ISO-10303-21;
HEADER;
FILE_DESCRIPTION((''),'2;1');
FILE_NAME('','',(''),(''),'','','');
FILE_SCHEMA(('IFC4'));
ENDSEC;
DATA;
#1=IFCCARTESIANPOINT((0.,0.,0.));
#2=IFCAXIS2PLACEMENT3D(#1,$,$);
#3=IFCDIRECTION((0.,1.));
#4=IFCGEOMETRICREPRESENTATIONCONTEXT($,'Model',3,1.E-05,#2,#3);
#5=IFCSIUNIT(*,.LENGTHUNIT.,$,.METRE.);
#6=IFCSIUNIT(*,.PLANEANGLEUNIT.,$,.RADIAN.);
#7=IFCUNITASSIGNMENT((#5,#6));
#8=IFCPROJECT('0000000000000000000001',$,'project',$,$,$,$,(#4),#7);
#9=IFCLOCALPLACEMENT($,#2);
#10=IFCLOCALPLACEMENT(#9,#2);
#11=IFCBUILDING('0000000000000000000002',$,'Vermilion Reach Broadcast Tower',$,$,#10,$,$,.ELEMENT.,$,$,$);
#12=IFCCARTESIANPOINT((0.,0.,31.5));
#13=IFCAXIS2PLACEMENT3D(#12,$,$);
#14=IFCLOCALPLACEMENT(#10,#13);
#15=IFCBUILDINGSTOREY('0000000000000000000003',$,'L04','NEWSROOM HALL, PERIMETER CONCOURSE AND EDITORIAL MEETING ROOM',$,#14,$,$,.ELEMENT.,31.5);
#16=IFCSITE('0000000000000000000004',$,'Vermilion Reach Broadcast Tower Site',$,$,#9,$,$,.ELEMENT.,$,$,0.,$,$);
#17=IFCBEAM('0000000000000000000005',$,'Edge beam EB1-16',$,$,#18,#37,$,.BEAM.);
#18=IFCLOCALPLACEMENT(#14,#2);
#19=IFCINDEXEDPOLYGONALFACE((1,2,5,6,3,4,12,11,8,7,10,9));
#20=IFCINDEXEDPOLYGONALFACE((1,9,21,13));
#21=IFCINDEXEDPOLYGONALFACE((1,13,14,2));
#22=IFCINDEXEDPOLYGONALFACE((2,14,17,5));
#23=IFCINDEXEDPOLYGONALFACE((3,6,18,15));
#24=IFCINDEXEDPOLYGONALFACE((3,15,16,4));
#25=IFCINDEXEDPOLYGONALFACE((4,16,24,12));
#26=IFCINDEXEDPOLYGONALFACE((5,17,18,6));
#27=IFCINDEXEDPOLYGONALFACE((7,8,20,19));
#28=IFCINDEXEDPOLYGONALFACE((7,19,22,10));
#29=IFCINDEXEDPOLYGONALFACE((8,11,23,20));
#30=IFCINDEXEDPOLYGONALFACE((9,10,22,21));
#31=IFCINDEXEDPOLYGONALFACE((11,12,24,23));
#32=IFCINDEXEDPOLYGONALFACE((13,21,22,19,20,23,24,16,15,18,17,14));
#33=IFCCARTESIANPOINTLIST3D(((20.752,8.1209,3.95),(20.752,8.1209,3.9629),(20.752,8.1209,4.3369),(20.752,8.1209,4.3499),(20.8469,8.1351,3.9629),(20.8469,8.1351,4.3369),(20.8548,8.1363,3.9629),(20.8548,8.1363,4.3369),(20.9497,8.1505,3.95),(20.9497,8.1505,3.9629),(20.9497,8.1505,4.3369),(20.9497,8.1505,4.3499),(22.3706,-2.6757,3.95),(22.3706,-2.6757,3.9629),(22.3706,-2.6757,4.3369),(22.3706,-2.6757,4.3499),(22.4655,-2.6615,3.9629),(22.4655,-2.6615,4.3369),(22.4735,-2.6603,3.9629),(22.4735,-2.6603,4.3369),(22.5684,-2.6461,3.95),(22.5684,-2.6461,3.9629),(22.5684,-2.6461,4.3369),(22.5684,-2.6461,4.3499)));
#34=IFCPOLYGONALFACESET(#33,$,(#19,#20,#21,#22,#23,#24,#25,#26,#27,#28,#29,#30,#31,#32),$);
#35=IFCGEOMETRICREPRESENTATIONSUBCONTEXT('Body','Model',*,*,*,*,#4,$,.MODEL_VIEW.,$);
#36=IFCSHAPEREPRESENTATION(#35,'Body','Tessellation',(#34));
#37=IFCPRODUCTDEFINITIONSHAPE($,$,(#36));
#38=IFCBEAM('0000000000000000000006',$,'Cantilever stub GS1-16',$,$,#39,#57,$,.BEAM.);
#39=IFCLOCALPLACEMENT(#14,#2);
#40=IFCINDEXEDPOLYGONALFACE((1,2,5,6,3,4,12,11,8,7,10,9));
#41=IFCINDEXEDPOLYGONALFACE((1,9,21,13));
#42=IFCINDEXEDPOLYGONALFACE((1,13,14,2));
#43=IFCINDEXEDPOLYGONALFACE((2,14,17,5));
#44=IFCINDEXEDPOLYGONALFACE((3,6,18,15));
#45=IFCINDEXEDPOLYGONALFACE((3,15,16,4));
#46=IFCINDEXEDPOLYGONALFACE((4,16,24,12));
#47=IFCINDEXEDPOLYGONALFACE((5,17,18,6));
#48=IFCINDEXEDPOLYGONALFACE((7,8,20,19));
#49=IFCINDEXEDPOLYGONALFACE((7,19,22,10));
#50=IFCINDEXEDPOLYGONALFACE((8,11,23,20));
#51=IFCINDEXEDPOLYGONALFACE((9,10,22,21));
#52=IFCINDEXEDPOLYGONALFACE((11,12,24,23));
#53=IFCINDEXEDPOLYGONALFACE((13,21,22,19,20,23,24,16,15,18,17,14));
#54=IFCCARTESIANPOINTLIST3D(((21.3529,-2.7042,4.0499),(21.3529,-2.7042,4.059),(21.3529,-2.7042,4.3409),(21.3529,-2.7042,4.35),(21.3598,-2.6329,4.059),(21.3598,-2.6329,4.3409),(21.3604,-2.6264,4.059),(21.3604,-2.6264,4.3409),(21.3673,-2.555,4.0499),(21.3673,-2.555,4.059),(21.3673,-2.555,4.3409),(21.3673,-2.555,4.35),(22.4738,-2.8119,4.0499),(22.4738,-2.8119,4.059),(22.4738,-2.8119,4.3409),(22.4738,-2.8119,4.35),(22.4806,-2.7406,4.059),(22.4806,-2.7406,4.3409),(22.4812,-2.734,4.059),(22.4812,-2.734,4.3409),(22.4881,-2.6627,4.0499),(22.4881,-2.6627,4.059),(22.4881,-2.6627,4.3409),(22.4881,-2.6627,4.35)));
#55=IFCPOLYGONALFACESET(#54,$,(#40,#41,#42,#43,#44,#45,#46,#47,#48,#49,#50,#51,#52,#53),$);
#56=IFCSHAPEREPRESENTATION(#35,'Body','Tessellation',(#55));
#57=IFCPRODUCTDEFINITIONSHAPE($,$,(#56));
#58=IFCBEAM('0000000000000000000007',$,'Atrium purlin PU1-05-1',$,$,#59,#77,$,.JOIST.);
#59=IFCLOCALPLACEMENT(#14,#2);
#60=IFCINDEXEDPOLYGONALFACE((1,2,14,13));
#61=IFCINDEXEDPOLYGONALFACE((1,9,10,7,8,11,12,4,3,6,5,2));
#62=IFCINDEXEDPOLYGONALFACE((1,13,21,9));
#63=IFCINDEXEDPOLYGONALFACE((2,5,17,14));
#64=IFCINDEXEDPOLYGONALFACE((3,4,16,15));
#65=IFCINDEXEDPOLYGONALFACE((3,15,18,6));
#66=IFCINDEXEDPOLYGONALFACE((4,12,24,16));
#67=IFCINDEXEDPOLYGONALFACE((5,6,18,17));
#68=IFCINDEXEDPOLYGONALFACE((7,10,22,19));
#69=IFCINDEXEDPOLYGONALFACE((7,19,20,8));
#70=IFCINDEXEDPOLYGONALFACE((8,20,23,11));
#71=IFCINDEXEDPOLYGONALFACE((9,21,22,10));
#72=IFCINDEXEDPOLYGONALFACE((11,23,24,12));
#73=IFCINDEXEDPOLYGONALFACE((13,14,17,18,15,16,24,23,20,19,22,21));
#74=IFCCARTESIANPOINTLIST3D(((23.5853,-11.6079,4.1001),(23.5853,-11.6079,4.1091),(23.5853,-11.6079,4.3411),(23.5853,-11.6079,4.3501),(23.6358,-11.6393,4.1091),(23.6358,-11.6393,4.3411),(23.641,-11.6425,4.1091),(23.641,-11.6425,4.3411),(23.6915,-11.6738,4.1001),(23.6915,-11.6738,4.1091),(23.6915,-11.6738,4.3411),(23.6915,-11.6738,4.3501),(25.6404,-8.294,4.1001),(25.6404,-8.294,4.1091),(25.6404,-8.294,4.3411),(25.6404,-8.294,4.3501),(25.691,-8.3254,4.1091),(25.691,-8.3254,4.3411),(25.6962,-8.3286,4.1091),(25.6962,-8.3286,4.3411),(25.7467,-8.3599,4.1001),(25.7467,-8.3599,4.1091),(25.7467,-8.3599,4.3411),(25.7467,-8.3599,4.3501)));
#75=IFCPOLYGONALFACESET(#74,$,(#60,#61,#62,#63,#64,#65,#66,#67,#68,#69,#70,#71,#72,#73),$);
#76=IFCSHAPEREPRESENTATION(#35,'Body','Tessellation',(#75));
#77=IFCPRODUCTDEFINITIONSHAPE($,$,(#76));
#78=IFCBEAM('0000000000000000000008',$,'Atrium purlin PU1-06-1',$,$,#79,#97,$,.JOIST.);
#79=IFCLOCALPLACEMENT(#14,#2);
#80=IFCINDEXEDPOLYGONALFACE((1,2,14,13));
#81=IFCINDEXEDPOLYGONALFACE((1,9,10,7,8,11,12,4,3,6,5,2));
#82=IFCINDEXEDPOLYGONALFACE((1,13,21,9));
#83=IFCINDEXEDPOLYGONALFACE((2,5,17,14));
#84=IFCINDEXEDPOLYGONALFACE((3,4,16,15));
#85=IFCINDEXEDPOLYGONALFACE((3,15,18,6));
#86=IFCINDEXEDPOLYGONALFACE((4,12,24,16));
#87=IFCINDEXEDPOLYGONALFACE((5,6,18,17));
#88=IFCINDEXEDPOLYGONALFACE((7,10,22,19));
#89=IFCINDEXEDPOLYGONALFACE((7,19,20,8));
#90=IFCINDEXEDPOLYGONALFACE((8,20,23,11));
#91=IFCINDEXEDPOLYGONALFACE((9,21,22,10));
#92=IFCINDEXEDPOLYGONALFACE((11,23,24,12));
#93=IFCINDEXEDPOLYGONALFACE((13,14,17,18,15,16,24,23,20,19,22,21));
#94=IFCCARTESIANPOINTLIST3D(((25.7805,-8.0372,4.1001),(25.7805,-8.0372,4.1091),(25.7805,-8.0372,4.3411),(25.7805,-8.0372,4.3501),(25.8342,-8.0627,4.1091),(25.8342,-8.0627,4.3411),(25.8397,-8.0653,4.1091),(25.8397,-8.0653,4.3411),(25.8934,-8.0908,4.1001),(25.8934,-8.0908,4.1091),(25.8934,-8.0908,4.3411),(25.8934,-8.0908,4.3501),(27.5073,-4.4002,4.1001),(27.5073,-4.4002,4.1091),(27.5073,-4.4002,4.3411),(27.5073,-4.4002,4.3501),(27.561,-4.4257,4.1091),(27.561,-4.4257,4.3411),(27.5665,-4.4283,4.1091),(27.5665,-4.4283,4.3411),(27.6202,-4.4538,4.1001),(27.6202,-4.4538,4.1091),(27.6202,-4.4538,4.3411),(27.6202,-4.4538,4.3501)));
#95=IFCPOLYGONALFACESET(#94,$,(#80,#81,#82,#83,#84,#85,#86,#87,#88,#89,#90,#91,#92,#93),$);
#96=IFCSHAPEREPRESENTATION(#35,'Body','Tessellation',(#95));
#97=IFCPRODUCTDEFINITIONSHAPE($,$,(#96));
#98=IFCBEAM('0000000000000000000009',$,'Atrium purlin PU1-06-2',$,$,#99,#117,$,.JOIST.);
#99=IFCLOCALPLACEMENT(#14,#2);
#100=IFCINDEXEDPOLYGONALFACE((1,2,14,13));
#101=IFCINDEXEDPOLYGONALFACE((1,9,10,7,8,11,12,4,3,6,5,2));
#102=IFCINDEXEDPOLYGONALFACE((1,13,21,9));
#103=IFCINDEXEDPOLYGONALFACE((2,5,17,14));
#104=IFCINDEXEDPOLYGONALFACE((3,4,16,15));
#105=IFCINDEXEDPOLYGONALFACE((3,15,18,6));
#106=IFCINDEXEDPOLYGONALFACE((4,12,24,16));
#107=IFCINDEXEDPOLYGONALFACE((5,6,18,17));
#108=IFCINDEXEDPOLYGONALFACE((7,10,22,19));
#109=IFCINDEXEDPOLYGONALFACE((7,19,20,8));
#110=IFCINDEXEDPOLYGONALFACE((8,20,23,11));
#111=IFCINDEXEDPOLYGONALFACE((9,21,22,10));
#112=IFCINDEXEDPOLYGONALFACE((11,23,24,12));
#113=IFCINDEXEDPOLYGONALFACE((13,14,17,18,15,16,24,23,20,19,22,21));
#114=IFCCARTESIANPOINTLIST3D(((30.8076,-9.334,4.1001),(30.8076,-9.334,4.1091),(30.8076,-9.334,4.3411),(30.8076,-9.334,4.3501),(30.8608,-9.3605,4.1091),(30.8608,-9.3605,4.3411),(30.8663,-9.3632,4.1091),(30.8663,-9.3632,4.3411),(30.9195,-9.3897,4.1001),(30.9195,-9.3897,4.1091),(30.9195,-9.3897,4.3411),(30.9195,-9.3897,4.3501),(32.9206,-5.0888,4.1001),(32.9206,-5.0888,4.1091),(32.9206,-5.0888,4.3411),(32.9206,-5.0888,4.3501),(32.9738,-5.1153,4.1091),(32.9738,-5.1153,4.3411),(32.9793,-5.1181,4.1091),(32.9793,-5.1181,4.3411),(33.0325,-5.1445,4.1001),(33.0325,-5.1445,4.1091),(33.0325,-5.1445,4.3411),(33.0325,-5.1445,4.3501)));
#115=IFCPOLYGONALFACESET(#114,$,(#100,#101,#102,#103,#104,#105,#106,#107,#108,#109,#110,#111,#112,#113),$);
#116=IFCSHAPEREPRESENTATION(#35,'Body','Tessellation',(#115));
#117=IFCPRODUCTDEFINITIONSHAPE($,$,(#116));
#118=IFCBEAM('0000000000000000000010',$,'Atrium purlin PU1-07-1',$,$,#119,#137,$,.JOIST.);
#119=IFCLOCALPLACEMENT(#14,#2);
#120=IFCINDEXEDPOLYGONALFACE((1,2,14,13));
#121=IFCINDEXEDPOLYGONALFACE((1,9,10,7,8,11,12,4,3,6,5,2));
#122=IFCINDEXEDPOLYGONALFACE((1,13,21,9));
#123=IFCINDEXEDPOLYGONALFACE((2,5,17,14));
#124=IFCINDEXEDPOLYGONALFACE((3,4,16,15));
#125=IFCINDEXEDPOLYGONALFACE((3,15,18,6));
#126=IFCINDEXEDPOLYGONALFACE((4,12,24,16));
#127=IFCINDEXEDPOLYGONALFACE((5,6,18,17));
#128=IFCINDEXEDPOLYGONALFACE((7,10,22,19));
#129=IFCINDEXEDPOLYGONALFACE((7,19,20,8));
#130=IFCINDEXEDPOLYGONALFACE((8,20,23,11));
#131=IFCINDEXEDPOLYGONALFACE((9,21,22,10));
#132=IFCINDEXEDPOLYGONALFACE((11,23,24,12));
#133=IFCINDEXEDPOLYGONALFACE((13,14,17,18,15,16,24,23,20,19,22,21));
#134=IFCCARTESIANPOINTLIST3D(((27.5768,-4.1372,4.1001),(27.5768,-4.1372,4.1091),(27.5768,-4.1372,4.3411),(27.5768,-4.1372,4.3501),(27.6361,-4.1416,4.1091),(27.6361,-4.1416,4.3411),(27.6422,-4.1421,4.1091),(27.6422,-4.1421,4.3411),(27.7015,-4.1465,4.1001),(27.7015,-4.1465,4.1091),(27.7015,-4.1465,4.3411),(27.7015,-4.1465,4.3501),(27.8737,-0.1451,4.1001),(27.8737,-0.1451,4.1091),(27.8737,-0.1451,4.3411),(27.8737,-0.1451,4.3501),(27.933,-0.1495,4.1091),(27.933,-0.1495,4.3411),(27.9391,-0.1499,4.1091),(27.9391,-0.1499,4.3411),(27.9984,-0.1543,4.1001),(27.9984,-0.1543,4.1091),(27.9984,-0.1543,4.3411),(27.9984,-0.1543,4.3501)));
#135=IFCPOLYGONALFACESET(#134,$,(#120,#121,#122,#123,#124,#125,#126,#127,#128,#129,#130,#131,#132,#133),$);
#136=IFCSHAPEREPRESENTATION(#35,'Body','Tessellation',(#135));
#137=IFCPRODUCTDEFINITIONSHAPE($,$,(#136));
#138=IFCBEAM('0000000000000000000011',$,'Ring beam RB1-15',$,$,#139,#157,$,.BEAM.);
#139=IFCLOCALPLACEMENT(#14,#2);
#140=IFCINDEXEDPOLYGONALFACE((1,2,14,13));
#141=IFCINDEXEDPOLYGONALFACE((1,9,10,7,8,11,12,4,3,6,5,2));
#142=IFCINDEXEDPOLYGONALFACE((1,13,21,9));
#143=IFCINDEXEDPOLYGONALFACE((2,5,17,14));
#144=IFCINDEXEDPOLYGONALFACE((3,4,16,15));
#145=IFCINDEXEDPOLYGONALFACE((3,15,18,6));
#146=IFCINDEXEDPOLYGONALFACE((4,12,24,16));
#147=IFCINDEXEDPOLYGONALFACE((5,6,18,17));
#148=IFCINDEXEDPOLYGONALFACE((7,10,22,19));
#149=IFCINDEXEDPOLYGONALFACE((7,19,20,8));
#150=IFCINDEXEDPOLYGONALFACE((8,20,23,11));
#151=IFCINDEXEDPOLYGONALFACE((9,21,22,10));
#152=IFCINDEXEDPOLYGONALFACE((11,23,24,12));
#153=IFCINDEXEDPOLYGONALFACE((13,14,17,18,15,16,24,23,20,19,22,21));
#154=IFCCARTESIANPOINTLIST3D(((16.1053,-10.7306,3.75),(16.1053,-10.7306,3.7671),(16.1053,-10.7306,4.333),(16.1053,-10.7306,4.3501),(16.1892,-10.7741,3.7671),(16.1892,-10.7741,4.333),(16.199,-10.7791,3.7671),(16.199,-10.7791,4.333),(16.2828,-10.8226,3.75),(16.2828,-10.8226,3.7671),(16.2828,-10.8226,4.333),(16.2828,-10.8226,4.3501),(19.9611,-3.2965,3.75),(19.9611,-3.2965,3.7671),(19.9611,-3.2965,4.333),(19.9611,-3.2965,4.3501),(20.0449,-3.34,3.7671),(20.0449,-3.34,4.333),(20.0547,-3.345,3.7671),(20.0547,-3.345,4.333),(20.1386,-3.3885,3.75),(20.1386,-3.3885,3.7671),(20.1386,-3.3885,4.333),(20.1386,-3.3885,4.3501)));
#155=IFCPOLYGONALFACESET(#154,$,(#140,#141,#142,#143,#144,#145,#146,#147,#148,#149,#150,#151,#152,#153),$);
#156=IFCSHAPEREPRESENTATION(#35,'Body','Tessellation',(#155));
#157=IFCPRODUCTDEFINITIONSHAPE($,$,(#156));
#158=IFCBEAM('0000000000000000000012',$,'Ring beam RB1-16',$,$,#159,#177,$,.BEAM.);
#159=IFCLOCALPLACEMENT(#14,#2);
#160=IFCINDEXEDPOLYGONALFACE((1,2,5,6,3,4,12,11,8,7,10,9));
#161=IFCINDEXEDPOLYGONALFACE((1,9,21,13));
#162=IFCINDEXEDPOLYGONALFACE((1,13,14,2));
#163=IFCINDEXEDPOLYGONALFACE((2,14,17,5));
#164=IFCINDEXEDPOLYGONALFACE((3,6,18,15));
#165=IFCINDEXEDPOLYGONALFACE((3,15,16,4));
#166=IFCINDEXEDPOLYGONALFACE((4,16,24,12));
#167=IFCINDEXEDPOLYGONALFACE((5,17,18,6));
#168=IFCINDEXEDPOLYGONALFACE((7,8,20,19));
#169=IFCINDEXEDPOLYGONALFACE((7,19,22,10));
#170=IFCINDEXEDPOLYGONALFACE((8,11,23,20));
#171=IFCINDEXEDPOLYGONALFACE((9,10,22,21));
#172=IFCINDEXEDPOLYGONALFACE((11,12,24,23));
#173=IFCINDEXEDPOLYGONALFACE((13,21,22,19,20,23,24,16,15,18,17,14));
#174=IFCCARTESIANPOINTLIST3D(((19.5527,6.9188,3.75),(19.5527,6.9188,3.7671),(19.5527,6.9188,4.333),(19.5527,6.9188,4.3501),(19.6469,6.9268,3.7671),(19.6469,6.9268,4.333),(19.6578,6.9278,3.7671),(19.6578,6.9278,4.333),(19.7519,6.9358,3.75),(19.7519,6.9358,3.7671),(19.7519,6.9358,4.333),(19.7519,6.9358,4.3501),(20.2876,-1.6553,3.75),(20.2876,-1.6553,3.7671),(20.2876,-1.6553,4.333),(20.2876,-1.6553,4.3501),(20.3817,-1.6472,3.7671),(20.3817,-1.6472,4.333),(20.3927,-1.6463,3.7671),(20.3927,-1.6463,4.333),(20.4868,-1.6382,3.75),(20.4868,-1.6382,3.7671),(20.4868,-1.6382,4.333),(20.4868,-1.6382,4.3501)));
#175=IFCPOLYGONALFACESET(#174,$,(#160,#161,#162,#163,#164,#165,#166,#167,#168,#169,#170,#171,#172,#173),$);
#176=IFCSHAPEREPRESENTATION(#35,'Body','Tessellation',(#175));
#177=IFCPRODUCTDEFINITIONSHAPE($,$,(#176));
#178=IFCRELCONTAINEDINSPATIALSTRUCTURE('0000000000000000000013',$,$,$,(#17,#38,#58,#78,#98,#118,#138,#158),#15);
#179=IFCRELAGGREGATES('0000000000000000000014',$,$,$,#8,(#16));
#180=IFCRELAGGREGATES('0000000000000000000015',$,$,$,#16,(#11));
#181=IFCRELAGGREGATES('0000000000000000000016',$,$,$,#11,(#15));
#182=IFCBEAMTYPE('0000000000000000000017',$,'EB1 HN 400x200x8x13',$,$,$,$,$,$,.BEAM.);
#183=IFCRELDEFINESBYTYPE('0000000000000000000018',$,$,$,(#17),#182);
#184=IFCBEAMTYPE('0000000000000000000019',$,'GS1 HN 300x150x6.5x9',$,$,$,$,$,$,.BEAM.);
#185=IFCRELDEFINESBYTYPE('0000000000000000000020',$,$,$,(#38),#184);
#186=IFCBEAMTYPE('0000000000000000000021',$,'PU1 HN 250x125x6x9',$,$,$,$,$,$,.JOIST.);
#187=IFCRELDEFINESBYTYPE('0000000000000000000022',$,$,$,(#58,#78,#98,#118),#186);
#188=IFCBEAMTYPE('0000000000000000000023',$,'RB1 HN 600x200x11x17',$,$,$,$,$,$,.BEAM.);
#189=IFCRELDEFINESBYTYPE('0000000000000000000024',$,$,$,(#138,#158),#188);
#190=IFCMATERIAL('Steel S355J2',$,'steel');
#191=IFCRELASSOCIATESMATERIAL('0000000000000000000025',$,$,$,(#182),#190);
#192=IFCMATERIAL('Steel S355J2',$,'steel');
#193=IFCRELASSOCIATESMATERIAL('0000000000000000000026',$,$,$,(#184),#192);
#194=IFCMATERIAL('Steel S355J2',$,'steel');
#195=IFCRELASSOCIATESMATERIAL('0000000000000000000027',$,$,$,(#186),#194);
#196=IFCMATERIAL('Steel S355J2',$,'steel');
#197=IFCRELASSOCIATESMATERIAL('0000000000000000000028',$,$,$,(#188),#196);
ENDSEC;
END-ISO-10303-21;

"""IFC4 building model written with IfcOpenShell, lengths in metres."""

from ifc_helpers import new_model, si_unit, direction, frame, origin, origin_2d, place, context, subcontext, project, spatial, i_section, extrude, material, material_profile, profile_set, type_object, element, save


model = new_model("IFC4")

# Units and contexts
model_context = context("Model", 3, precision=1e-05, world=origin(), true_north=direction((0.0, 1.0)))
body_context = subcontext(model_context, "Body", "Model", "MODEL_VIEW")
ifc_project = project(units=[si_unit("LENGTHUNIT", "METRE"), si_unit("PLANEANGLEUNIT", "RADIAN")], contexts=[model_context])

# Site, building, storey
site_placement = place(None, origin())
site = spatial("IfcSite", under=ifc_project, at=site_placement, Name="Vermilion Reach Broadcast Tower Site", CompositionType="ELEMENT", RefElevation=0.0)
building_placement = place(site_placement, origin())
building = spatial("IfcBuilding", under=site, at=building_placement, Name="Vermilion Reach Broadcast Tower", CompositionType="ELEMENT")
storey_placement = place(building_placement, frame((0.0, 0.0, 31.5)))
storey = spatial("IfcBuildingStorey", under=building, at=storey_placement, Name="L04", Description="NEWSROOM HALL, PERIMETER CONCOURSE AND EDITORIAL MEETING ROOM", CompositionType="ELEMENT", Elevation=31.5)

# Beams
ifc_material_1 = material(Name="Steel S355J2", Category="steel")
ifc_material_profile_1 = material_profile(ifc_material_1, i_section(OverallWidth=0.2, OverallDepth=0.3999, WebThickness=0.0081, FlangeThickness=0.0129, at=origin_2d()), Name="S355J2 HN 400x200x8x13")
ifc_profile_set_1 = profile_set([ifc_material_profile_1], Name="Steel S355J2")
beam_type_1 = type_object("IfcBeamType", Name="EB1 HN 400x200x8x13", PredefinedType="BEAM", material=ifc_profile_set_1)
beam_1_placement = place(storey_placement, frame((22.4695, -2.6609, 4.1499), z_axis=(-0.148265, 0.988948, 0.0), x_axis=(-0.988948, -0.148265, 0.0)))
element("IfcBeam", 1, at=beam_1_placement, inside=storey, type_object=beam_type_1, Name="Edge beam EB1-16", PredefinedType="BEAM", context=body_context, shape_type="SweptSolid", body=[
    extrude(i_section(OverallWidth=0.2, OverallDepth=0.3999, WebThickness=0.0081, FlangeThickness=0.0129, at=origin_2d()), origin(), (0.0, 0.0, 1.0), 10.9172),
])
ifc_material_2 = material(Name="Steel S355J2", Category="steel")
ifc_material_profile_2 = material_profile(ifc_material_2, i_section(OverallWidth=0.1499, OverallDepth=0.3, WebThickness=0.0066, FlangeThickness=0.009, at=origin_2d()), Name="S355J2 HN 300x150x6.5x9")
ifc_profile_set_2 = profile_set([ifc_material_profile_2], Name="Steel S355J2")
beam_type_2 = type_object("IfcBeamType", Name="GS1 HN 300x150x6.5x9", PredefinedType="BEAM", material=ifc_profile_set_2)
beam_2_placement = place(storey_placement, frame((21.3601, -2.6296, 4.2), z_axis=(0.995418, -0.095617, 0.0), x_axis=(0.095617, 0.995418, 0.0)))
element("IfcBeam", 2, at=beam_2_placement, inside=storey, type_object=beam_type_2, Name="Cantilever stub GS1-16", PredefinedType="BEAM", context=body_context, shape_type="SweptSolid", body=[
    extrude(i_section(OverallWidth=0.1499, OverallDepth=0.3, WebThickness=0.0066, FlangeThickness=0.009, at=origin_2d()), origin(), (0.0, 0.0, 1.0), 1.126),
])
ifc_material_3 = material(Name="Steel S355J2", Category="steel")
ifc_material_profile_3 = material_profile(ifc_material_3, i_section(OverallWidth=0.125, OverallDepth=0.25, WebThickness=0.0061, FlangeThickness=0.009, at=origin_2d()), Name="S355J2 HN 250x125x6x9")
ifc_profile_set_3 = profile_set([ifc_material_profile_3], Name="Steel S355J2")
beam_type_3 = type_object("IfcBeamType", Name="PU1 HN 250x125x6x9", PredefinedType="JOIST", material=ifc_profile_set_3)
beam_3_placement = place(storey_placement, frame((23.6384, -11.6409, 4.2251), z_axis=(0.527036, 0.849843, 0.0), x_axis=(-0.849843, 0.527036, 0.0)))
element("IfcBeam", 3, at=beam_3_placement, inside=storey, type_object=beam_type_3, Name="Atrium purlin PU1-05-1", PredefinedType="JOIST", context=body_context, shape_type="SweptSolid", body=[
    extrude(i_section(OverallWidth=0.125, OverallDepth=0.25, WebThickness=0.0061, FlangeThickness=0.009, at=origin_2d()), origin(), (0.0, 0.0, 1.0), 3.8994),
])
beam_4_placement = place(storey_placement, frame((25.8369, -8.064, 4.2251), z_axis=(0.428905, 0.90335, 0.0), x_axis=(-0.90335, 0.428905, 0.0)))
element("IfcBeam", 4, at=beam_4_placement, inside=storey, type_object=beam_type_3, Name="Atrium purlin PU1-06-1", PredefinedType="JOIST", context=body_context, shape_type="SweptSolid", body=[
    extrude(i_section(OverallWidth=0.125, OverallDepth=0.25, WebThickness=0.0061, FlangeThickness=0.009, at=origin_2d()), origin(), (0.0, 0.0, 1.0), 4.0261),
])
beam_5_placement = place(storey_placement, frame((30.8635, -9.3618, 4.2251), z_axis=(0.445607, 0.895229, 0.0), x_axis=(-0.895229, 0.445607, 0.0)))
element("IfcBeam", 5, at=beam_5_placement, inside=storey, type_object=beam_type_3, Name="Atrium purlin PU1-06-2", PredefinedType="JOIST", context=body_context, shape_type="SweptSolid", body=[
    extrude(i_section(OverallWidth=0.125, OverallDepth=0.25, WebThickness=0.0061, FlangeThickness=0.009, at=origin_2d()), origin(), (0.0, 0.0, 1.0), 4.7419),
])
beam_6_placement = place(storey_placement, frame((27.6392, -4.1418, 4.2251), z_axis=(0.074159, 0.997246, 0.0), x_axis=(-0.997246, 0.074159, 0.0)))
element("IfcBeam", 6, at=beam_6_placement, inside=storey, type_object=beam_type_3, Name="Atrium purlin PU1-07-1", PredefinedType="JOIST", context=body_context, shape_type="SweptSolid", body=[
    extrude(i_section(OverallWidth=0.125, OverallDepth=0.25, WebThickness=0.0061, FlangeThickness=0.009, at=origin_2d()), origin(), (0.0, 0.0, 1.0), 4.0032),
])
ifc_material_4 = material(Name="Steel S355J2", Category="steel")
ifc_material_profile_4 = material_profile(ifc_material_4, i_section(OverallWidth=0.2, OverallDepth=0.6001, WebThickness=0.011, FlangeThickness=0.0171, at=origin_2d()), Name="S355J2 HN 600x200x11x17")
ifc_profile_set_4 = profile_set([ifc_material_profile_4], Name="Steel S355J2")
beam_type_4 = type_object("IfcBeamType", Name="RB1 HN 600x200x11x17", PredefinedType="BEAM", material=ifc_profile_set_4)
beam_7_placement = place(storey_placement, frame((16.1941, -10.7766, 4.05), z_axis=(0.460412, 0.887706, 0.0), x_axis=(-0.887706, 0.460412, 0.0)))
element("IfcBeam", 7, at=beam_7_placement, inside=storey, type_object=beam_type_4, Name="Ring beam RB1-15", PredefinedType="BEAM", context=body_context, shape_type="SweptSolid", body=[
    extrude(i_section(OverallWidth=0.2, OverallDepth=0.6001, WebThickness=0.011, FlangeThickness=0.0171, at=origin_2d()), origin(), (0.0, 0.0, 1.0), 8.3745),
])
beam_8_placement = place(storey_placement, frame((20.3872, -1.6467, 4.05), z_axis=(-0.085396, 0.996347, 0.0), x_axis=(-0.996347, -0.085396, 0.0)))
element("IfcBeam", 8, at=beam_8_placement, inside=storey, type_object=beam_type_4, Name="Ring beam RB1-16", PredefinedType="BEAM", context=body_context, shape_type="SweptSolid", body=[
    extrude(i_section(OverallWidth=0.2, OverallDepth=0.6001, WebThickness=0.011, FlangeThickness=0.0171, at=origin_2d()), origin(), (0.0, 0.0, 1.0), 8.6055),
])

save(model, "model.ifc")
